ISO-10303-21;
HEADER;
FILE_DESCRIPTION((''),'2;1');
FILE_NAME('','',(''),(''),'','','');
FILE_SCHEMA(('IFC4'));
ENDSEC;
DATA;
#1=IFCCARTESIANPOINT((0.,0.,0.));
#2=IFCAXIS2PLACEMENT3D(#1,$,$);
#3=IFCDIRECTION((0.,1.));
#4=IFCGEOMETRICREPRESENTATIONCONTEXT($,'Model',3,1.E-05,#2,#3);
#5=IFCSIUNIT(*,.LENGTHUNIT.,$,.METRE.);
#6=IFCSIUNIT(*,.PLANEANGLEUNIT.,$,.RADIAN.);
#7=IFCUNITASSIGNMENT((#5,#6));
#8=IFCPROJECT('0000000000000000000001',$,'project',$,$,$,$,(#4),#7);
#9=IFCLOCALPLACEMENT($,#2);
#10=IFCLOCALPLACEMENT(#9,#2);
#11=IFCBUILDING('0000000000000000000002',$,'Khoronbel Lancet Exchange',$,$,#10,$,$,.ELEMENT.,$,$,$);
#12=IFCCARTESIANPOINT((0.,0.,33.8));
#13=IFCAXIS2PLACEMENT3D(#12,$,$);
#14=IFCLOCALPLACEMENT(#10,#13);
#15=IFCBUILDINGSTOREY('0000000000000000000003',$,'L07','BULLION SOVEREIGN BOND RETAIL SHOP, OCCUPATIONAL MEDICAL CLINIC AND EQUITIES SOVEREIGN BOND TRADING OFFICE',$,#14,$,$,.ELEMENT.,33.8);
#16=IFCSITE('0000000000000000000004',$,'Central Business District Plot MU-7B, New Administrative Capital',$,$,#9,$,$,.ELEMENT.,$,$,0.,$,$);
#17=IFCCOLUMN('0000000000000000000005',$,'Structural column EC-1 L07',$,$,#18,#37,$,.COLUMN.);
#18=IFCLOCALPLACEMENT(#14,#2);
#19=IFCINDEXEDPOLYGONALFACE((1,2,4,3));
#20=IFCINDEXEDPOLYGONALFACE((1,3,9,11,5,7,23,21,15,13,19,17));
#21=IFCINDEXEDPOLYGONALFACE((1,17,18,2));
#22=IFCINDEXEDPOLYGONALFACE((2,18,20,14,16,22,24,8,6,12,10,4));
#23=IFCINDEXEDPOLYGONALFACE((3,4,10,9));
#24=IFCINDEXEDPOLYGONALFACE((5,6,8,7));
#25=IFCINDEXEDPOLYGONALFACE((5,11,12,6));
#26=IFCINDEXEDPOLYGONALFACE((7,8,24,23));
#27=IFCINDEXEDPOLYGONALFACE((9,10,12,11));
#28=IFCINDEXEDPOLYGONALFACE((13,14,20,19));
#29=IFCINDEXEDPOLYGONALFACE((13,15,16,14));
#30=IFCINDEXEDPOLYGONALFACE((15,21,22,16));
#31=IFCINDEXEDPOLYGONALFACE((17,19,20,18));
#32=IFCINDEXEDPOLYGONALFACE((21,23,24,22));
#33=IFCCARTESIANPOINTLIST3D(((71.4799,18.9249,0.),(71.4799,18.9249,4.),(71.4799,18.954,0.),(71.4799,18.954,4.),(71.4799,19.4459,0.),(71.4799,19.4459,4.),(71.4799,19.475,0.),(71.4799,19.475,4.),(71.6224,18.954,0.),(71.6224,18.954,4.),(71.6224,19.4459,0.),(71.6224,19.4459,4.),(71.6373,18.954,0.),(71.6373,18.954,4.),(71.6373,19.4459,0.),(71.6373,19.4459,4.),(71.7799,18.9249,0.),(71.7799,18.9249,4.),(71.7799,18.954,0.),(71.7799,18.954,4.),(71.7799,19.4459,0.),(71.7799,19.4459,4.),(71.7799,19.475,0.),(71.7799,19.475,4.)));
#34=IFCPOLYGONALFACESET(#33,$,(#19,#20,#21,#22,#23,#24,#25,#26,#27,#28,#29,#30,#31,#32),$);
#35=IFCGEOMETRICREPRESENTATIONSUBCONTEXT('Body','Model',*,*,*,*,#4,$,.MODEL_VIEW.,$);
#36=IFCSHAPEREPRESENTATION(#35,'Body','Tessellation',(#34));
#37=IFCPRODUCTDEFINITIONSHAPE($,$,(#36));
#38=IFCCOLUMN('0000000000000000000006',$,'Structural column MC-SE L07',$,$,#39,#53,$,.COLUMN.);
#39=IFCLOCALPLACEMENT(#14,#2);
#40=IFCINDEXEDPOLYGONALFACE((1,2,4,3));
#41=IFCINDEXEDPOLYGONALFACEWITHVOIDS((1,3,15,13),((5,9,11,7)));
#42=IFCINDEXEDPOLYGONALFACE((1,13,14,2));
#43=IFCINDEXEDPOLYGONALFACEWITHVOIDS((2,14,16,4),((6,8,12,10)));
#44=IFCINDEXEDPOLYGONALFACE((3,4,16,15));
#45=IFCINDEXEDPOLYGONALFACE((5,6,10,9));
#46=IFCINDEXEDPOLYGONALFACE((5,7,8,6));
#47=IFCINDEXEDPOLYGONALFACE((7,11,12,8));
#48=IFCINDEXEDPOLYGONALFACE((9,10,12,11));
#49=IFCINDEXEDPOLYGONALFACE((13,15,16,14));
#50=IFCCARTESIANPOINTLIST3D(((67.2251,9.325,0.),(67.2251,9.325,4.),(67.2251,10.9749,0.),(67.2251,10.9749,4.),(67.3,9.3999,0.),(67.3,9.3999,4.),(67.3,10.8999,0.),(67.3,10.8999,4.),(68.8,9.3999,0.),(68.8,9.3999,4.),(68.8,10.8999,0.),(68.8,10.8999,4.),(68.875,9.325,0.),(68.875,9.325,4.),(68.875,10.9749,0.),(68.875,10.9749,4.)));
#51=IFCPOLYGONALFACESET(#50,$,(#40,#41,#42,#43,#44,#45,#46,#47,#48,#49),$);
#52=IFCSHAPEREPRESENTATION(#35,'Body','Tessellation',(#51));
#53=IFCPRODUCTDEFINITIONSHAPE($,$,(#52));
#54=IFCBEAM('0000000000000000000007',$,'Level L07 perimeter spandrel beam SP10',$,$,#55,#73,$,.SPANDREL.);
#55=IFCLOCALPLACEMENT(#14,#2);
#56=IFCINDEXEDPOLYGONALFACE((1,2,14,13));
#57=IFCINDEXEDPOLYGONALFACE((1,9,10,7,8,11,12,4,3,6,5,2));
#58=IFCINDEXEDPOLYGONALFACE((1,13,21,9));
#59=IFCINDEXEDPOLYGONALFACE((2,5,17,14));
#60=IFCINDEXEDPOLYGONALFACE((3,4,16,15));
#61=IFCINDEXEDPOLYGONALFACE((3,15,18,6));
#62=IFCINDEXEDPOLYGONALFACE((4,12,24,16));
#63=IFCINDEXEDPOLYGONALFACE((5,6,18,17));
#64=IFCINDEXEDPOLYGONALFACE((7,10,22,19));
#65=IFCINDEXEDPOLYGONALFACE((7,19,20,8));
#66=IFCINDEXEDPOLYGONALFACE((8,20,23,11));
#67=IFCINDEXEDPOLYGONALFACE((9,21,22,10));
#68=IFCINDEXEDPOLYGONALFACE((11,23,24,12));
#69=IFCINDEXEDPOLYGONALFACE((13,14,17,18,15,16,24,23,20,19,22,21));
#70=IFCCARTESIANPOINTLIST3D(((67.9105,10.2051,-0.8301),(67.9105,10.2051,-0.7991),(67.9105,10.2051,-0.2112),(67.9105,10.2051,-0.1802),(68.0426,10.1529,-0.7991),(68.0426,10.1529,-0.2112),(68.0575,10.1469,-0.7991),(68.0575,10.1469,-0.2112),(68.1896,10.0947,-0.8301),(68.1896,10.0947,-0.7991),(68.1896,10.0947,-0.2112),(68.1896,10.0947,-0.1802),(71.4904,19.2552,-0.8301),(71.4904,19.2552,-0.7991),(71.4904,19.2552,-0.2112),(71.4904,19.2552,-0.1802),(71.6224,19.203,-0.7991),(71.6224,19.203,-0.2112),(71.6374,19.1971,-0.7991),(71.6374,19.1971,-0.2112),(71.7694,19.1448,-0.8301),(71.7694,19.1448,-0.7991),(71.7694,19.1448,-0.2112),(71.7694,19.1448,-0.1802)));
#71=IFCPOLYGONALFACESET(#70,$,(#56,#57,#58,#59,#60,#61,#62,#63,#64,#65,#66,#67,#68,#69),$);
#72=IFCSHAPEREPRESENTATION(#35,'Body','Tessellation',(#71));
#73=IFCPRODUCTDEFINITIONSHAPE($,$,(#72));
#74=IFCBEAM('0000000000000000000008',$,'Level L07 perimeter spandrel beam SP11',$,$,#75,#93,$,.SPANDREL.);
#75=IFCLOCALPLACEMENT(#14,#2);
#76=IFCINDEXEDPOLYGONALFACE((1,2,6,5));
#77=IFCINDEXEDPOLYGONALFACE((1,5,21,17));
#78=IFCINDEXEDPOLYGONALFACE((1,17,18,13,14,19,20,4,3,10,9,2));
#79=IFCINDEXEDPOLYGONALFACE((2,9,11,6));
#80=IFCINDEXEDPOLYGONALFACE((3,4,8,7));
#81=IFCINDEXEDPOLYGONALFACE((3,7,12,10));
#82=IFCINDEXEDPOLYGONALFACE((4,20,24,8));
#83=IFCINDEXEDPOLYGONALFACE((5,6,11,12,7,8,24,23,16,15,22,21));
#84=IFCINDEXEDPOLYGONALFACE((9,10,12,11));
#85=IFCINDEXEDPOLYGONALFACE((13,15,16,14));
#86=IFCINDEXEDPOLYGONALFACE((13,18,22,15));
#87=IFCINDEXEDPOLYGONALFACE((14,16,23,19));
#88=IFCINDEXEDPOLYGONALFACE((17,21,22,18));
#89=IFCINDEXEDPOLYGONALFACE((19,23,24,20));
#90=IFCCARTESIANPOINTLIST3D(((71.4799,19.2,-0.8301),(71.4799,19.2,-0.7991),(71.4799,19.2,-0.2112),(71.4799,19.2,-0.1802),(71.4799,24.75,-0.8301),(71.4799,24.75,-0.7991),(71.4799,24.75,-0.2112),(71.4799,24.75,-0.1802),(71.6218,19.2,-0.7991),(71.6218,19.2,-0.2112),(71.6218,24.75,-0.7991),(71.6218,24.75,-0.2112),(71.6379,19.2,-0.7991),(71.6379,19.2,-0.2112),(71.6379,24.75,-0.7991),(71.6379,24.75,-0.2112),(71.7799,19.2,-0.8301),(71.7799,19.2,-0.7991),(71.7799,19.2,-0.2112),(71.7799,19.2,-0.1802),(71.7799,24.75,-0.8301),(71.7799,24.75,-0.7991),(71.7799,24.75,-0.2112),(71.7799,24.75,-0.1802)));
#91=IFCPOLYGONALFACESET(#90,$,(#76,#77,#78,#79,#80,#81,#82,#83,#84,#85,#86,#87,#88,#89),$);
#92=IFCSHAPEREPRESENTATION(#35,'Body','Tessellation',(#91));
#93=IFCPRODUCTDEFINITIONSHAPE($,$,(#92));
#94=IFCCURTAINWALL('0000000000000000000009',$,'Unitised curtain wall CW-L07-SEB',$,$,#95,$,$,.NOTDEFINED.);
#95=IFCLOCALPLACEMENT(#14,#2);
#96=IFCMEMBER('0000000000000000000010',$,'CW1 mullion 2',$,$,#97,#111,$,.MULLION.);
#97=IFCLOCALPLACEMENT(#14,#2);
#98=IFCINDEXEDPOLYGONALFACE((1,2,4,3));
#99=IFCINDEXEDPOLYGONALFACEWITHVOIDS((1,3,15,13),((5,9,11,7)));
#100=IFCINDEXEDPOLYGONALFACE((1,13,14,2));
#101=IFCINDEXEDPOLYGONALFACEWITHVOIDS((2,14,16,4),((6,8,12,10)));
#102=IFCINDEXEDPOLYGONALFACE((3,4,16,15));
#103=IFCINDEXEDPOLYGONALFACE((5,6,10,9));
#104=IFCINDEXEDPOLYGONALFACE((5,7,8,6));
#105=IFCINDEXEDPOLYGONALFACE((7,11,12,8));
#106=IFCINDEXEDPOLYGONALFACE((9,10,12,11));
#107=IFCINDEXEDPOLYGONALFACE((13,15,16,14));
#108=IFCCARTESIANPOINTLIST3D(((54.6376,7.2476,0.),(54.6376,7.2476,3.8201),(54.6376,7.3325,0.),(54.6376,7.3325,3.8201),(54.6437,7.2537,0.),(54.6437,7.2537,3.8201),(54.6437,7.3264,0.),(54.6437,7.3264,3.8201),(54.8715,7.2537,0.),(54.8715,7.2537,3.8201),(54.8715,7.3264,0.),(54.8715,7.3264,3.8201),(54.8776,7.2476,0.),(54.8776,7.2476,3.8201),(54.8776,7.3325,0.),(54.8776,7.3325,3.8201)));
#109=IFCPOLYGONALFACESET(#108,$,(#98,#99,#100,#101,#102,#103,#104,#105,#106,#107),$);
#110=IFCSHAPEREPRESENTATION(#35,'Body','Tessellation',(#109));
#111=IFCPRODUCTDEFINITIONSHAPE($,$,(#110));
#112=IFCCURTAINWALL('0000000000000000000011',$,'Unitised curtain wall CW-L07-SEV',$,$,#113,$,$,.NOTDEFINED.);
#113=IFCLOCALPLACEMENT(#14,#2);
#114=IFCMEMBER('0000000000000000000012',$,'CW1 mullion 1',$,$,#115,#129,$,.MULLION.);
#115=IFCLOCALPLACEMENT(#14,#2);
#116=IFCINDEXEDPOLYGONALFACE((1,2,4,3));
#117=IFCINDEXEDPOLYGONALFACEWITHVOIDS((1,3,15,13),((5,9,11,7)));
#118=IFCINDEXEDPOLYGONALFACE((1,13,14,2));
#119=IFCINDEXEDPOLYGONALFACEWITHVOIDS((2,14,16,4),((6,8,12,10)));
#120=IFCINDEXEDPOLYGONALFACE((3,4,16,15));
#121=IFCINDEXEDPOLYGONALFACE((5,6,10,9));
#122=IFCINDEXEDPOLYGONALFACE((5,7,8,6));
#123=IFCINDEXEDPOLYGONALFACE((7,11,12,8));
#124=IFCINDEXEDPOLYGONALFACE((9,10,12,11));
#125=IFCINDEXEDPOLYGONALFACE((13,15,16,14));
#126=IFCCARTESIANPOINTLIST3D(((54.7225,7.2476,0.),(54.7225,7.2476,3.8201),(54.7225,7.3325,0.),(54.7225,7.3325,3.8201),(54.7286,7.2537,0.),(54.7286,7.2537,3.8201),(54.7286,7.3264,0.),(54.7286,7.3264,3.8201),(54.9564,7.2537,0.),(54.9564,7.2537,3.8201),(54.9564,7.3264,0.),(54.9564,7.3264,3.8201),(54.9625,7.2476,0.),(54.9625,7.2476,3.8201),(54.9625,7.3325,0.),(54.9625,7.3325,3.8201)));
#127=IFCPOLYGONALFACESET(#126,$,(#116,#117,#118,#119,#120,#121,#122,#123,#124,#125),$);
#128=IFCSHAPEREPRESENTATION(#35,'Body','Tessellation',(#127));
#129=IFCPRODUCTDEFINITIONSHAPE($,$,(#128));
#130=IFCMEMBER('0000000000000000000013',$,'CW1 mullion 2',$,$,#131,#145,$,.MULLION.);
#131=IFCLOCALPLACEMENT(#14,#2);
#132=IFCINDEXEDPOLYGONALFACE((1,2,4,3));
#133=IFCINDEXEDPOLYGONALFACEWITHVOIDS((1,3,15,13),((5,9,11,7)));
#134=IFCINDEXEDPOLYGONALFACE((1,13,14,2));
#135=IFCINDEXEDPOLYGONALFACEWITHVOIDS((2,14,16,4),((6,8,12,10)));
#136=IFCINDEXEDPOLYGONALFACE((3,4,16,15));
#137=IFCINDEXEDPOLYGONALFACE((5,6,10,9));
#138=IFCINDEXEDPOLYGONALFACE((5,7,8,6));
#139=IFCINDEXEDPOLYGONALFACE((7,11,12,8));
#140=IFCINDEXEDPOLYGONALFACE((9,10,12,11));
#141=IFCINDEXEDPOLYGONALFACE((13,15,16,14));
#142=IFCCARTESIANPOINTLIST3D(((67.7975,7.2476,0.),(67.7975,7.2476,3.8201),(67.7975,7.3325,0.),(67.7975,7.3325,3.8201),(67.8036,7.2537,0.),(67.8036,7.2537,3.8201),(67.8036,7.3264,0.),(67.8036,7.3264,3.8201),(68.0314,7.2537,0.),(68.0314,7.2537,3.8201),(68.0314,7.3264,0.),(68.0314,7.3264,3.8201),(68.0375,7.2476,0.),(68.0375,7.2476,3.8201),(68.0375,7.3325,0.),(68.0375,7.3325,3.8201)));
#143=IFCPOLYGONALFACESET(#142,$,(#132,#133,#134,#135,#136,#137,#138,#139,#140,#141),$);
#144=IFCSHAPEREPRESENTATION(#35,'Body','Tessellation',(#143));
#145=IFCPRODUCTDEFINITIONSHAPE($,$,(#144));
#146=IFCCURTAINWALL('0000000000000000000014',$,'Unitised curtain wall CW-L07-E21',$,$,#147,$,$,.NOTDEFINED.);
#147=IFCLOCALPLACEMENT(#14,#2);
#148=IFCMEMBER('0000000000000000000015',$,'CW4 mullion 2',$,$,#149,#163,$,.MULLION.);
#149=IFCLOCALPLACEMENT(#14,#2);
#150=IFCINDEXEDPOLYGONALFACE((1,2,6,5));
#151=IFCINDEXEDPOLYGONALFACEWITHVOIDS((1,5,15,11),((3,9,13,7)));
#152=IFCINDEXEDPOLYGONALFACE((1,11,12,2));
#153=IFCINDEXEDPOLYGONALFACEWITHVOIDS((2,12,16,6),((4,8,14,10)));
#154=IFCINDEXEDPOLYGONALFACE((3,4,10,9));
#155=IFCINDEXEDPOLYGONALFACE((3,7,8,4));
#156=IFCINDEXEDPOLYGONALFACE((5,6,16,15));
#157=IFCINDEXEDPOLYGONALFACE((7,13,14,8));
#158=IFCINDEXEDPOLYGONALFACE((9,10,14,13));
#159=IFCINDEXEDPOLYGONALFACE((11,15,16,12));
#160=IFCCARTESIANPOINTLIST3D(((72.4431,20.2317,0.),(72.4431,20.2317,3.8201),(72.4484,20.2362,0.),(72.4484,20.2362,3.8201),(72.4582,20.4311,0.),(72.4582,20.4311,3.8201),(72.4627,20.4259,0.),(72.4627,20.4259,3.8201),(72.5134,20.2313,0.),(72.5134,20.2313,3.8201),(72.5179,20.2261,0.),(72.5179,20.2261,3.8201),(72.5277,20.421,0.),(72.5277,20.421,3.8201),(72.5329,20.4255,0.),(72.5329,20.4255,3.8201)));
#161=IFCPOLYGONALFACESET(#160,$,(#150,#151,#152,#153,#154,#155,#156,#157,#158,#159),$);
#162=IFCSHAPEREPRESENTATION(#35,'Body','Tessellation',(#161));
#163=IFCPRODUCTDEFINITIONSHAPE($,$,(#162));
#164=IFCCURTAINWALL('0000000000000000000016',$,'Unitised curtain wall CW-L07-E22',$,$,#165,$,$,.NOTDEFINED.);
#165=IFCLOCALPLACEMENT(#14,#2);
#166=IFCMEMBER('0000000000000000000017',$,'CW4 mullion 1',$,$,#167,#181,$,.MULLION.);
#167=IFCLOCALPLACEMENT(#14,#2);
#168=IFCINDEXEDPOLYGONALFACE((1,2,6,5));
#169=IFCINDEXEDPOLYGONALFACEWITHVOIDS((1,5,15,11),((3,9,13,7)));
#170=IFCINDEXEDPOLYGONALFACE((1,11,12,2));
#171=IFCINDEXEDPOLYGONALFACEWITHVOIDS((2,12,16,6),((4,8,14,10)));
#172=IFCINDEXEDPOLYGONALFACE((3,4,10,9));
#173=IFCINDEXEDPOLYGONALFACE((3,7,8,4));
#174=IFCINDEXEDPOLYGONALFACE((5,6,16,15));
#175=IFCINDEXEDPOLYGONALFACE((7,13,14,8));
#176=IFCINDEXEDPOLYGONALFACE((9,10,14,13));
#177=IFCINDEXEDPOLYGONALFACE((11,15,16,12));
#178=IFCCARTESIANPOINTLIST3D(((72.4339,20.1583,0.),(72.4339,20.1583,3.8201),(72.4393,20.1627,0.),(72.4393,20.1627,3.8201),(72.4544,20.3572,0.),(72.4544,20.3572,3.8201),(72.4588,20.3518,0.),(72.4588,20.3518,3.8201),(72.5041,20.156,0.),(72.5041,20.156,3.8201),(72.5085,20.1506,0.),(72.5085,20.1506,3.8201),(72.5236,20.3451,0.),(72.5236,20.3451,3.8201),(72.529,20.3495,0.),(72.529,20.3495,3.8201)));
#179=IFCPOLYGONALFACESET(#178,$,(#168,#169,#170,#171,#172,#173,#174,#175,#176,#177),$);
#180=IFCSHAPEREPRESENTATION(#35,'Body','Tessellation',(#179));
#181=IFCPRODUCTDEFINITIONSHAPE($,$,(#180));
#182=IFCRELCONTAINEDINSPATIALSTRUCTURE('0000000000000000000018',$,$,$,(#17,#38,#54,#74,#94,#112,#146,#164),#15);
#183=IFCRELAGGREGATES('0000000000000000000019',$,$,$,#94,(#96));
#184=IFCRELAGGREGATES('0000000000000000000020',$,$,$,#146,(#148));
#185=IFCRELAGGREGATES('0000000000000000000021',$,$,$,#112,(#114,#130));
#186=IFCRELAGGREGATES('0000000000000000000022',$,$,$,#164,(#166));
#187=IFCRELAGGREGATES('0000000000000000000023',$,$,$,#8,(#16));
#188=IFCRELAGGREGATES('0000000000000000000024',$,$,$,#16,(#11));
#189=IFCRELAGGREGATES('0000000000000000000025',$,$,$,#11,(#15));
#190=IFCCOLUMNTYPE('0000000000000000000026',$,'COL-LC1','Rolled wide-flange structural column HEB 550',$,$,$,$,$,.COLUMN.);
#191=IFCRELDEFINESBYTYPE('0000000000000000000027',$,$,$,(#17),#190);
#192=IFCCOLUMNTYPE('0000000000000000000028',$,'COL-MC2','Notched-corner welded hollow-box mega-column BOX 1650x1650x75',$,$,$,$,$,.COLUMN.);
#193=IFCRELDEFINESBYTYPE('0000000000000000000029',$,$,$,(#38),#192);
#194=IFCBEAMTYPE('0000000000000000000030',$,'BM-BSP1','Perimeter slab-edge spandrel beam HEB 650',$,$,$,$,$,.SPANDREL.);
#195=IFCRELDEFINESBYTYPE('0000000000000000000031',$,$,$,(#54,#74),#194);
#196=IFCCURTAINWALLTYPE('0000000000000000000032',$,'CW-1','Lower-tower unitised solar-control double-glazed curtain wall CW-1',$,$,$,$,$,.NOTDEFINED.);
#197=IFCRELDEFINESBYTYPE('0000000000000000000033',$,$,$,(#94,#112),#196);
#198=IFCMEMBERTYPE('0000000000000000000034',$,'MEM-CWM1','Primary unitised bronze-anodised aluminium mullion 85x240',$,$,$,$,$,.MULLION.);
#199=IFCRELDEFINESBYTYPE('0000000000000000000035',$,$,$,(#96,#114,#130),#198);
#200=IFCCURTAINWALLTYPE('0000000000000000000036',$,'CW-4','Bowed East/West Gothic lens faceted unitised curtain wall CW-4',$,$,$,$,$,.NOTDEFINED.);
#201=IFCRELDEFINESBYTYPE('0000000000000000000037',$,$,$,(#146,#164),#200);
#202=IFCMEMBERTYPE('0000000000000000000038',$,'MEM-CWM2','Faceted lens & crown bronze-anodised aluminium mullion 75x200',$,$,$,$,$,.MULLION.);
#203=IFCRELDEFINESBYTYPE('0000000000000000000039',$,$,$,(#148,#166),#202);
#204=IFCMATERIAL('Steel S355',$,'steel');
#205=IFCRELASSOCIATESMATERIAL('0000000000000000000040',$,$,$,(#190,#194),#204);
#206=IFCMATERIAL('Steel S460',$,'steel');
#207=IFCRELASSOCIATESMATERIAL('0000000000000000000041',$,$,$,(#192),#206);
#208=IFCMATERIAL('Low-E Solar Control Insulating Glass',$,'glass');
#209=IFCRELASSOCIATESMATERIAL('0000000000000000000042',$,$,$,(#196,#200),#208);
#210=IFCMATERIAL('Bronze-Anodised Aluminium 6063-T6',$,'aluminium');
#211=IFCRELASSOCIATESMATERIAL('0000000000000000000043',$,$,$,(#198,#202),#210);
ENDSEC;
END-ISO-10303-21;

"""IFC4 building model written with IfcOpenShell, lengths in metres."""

from ifc_helpers import new_model, si_unit, direction, frame, origin, origin_2d, place, context, subcontext, project, spatial, hollow_rectangle, i_section, extrude, material, material_profile, profile_set, type_object, element, aggregate, save


model = new_model("IFC4")

# Units and contexts
model_context = context("Model", 3, precision=1e-05, world=origin(), true_north=direction((0.0, 1.0)))
body_context = subcontext(model_context, "Body", "Model", "MODEL_VIEW")
ifc_project = project(units=[si_unit("LENGTHUNIT", "METRE"), si_unit("PLANEANGLEUNIT", "RADIAN")], contexts=[model_context])

# Site, building, storey
site_placement = place(None, origin())
site = spatial("IfcSite", under=ifc_project, at=site_placement, Name="Central Business District Plot MU-7B, New Administrative Capital", CompositionType="ELEMENT", RefElevation=0.0)
building_placement = place(site_placement, origin())
building = spatial("IfcBuilding", under=site, at=building_placement, Name="Khoronbel Lancet Exchange", CompositionType="ELEMENT")
storey_placement = place(building_placement, frame((0.0, 0.0, 33.8)))
storey = spatial("IfcBuildingStorey", under=building, at=storey_placement, Name="L07", Description="BULLION SOVEREIGN BOND RETAIL SHOP, OCCUPATIONAL MEDICAL CLINIC AND EQUITIES SOVEREIGN BOND TRADING OFFICE", CompositionType="ELEMENT", Elevation=33.8)

# Columns
ifc_material_1 = material(Name="Steel S355", Category="steel")
ifc_material_profile_1 = material_profile(ifc_material_1, i_section(OverallWidth=0.3, OverallDepth=0.55, WebThickness=0.0149, FlangeThickness=0.0291, at=origin_2d()), Name="HEB 550")
ifc_profile_set_1 = profile_set([ifc_material_profile_1], Name="Steel S355")
column_type_1 = type_object("IfcColumnType", Name="COL-LC1", Description="Rolled wide-flange structural column HEB 550", PredefinedType="COLUMN", material=ifc_profile_set_1)
column_1_placement = place(storey_placement, frame((71.6299, 19.2, 0.0), z_axis=(0.0, 0.0, 1.0), x_axis=(1.0, 0.0, 0.0)))
element("IfcColumn", 1, at=column_1_placement, inside=storey, type_object=column_type_1, Name="Structural column EC-1 L07", PredefinedType="COLUMN", context=body_context, shape_type="SweptSolid", body=[
    extrude(i_section(OverallWidth=0.3, OverallDepth=0.55, WebThickness=0.0149, FlangeThickness=0.0291, at=origin_2d()), origin(), (0.0, 0.0, 1.0), 4.0),
])
ifc_material_2 = material(Name="Steel S460", Category="steel")
ifc_material_profile_2 = material_profile(ifc_material_2, hollow_rectangle(XDim=1.6499, YDim=1.6499, WallThickness=0.075, at=origin_2d()), Name="BOX 1650x1650x75")
ifc_profile_set_2 = profile_set([ifc_material_profile_2], Name="Steel S460")
column_type_2 = type_object("IfcColumnType", Name="COL-MC2", Description="Notched-corner welded hollow-box mega-column BOX 1650x1650x75", PredefinedType="COLUMN", material=ifc_profile_set_2)
column_2_placement = place(storey_placement, frame((68.05, 10.1499, 0.0), z_axis=(0.0, 0.0, 1.0), x_axis=(1.0, 0.0, 0.0)))
element("IfcColumn", 2, at=column_2_placement, inside=storey, type_object=column_type_2, Name="Structural column MC-SE L07", PredefinedType="COLUMN", context=body_context, shape_type="SweptSolid", body=[
    extrude(hollow_rectangle(XDim=1.6499, YDim=1.6499, WallThickness=0.075, at=origin_2d()), origin(), (0.0, 0.0, 1.0), 4.0),
])

# Beams
ifc_material_profile_3 = material_profile(ifc_material_1, i_section(OverallWidth=0.3, OverallDepth=0.6499, WebThickness=0.0161, FlangeThickness=0.031, at=origin_2d()), Name="HEB 650")
ifc_profile_set_3 = profile_set([ifc_material_profile_3], Name="Steel S355")
beam_type = type_object("IfcBeamType", Name="BM-BSP1", Description="Perimeter slab-edge spandrel beam HEB 650", PredefinedType="SPANDREL", material=ifc_profile_set_3)
beam_1_placement = place(storey_placement, frame((68.05, 10.1499, -0.5051), z_axis=(0.367828, 0.929894, 0.0), x_axis=(-0.929894, 0.367828, 0.0)))
element("IfcBeam", 3, at=beam_1_placement, inside=storey, type_object=beam_type, Name="Level L07 perimeter spandrel beam SP10", PredefinedType="SPANDREL", context=body_context, shape_type="SweptSolid", body=[
    extrude(i_section(OverallWidth=0.3, OverallDepth=0.6499, WebThickness=0.0161, FlangeThickness=0.031, at=origin_2d()), origin(), (0.0, 0.0, 1.0), 9.7324),
])
beam_2_placement = place(storey_placement, frame((71.6299, 19.2, -0.5051), z_axis=(0.0, 1.0, 0.0), x_axis=(-1.0, 0.0, 0.0)))
element("IfcBeam", 4, at=beam_2_placement, inside=storey, type_object=beam_type, Name="Level L07 perimeter spandrel beam SP11", PredefinedType="SPANDREL", context=body_context, shape_type="SweptSolid", body=[
    extrude(i_section(OverallWidth=0.3, OverallDepth=0.6499, WebThickness=0.0161, FlangeThickness=0.031, at=origin_2d()), origin(), (0.0, 0.0, 1.0), 5.55),
])

# Curtain wall, member
ifc_material_3 = material(Name="Low-E Solar Control Insulating Glass", Category="glass")
curtain_wall_type_1 = type_object("IfcCurtainWallType", Name="CW-1", Description="Lower-tower unitised solar-control double-glazed curtain wall CW-1", PredefinedType="NOTDEFINED", material=ifc_material_3)
curtain_wall_1_placement = place(storey_placement, origin())
curtain_wall_1 = element("IfcCurtainWall", 5, at=curtain_wall_1_placement, inside=storey, type_object=curtain_wall_type_1, Name="Unitised curtain wall CW-L07-SEB", PredefinedType="NOTDEFINED")
ifc_material_4 = material(Name="Bronze-Anodised Aluminium 6063-T6", Category="aluminium")
ifc_material_profile_4 = material_profile(ifc_material_4, hollow_rectangle(XDim=0.085, YDim=0.24, WallThickness=0.0061, at=origin_2d()), Name="ALU MULLION 85x240")
ifc_profile_set_4 = profile_set([ifc_material_profile_4], Name="Bronze-Anodised Aluminium 6063-T6")
member_type_1 = type_object("IfcMemberType", Name="MEM-CWM1", Description="Primary unitised bronze-anodised aluminium mullion 85x240", PredefinedType="MULLION", material=ifc_profile_set_4)
member_1_placement = place(storey_placement, frame((54.7576, 7.29, 0.0), z_axis=(0.0, 0.0, 1.0), x_axis=(0.0, 1.0, 0.0)))
member_1 = element("IfcMember", 6, at=member_1_placement, type_object=member_type_1, Name="CW1 mullion 2", PredefinedType="MULLION", context=body_context, shape_type="SweptSolid", body=[
    extrude(hollow_rectangle(XDim=0.085, YDim=0.24, WallThickness=0.0061, at=origin_2d()), origin(), (0.0, 0.0, 1.0), 3.8201),
])
aggregate(curtain_wall_1, [member_1])

# Curtain wall, members
curtain_wall_2_placement = place(storey_placement, origin())
curtain_wall_2 = element("IfcCurtainWall", 7, at=curtain_wall_2_placement, inside=storey, type_object=curtain_wall_type_1, Name="Unitised curtain wall CW-L07-SEV", PredefinedType="NOTDEFINED")
member_2_placement = place(storey_placement, frame((54.8425, 7.29, 0.0), z_axis=(0.0, 0.0, 1.0), x_axis=(0.0, 1.0, 0.0)))
member_2 = element("IfcMember", 8, at=member_2_placement, type_object=member_type_1, Name="CW1 mullion 1", PredefinedType="MULLION", context=body_context, shape_type="SweptSolid", body=[
    extrude(hollow_rectangle(XDim=0.085, YDim=0.24, WallThickness=0.0061, at=origin_2d()), origin(), (0.0, 0.0, 1.0), 3.8201),
])
member_3_placement = place(storey_placement, frame((67.9175, 7.29, 0.0), z_axis=(0.0, 0.0, 1.0), x_axis=(0.0, 1.0, 0.0)))
member_3 = element("IfcMember", 9, at=member_3_placement, type_object=member_type_1, Name="CW1 mullion 2", PredefinedType="MULLION", context=body_context, shape_type="SweptSolid", body=[
    extrude(hollow_rectangle(XDim=0.085, YDim=0.24, WallThickness=0.0061, at=origin_2d()), origin(), (0.0, 0.0, 1.0), 3.8201),
])

# Curtain wall, member
curtain_wall_type_2 = type_object("IfcCurtainWallType", Name="CW-4", Description="Bowed East/West Gothic lens faceted unitised curtain wall CW-4", PredefinedType="NOTDEFINED", material=ifc_material_3)
curtain_wall_3_placement = place(storey_placement, origin())
curtain_wall_3 = element("IfcCurtainWall", 10, at=curtain_wall_3_placement, inside=storey, type_object=curtain_wall_type_2, Name="Unitised curtain wall CW-L07-E21", PredefinedType="NOTDEFINED")
ifc_material_profile_5 = material_profile(ifc_material_4, hollow_rectangle(XDim=0.075, YDim=0.2, WallThickness=0.0049, at=origin_2d()), Name="ALU MULLION 75x200")
ifc_profile_set_5 = profile_set([ifc_material_profile_5], Name="Bronze-Anodised Aluminium 6063-T6")
member_type_2 = type_object("IfcMemberType", Name="MEM-CWM2", Description="Faceted lens & crown bronze-anodised aluminium mullion 75x200", PredefinedType="MULLION", material=ifc_profile_set_5)
member_4_placement = place(storey_placement, frame((72.488, 20.3286, 0.0), z_axis=(0.0, 0.0, 1.0), x_axis=(0.997154, -0.075395, 0.0)))
member_4 = element("IfcMember", 11, at=member_4_placement, type_object=member_type_2, Name="CW4 mullion 2", PredefinedType="MULLION", context=body_context, shape_type="SweptSolid", body=[
    extrude(hollow_rectangle(XDim=0.075, YDim=0.2, WallThickness=0.0049, at=origin_2d()), origin(), (0.0, 0.0, 1.0), 3.8201),
])
aggregate(curtain_wall_3, [member_4])

# Curtain wall, member
curtain_wall_4_placement = place(storey_placement, origin())
curtain_wall_4 = element("IfcCurtainWall", 12, at=curtain_wall_4_placement, inside=storey, type_object=curtain_wall_type_2, Name="Unitised curtain wall CW-L07-E22", PredefinedType="NOTDEFINED")
member_5_placement = place(storey_placement, frame((72.4814, 20.2539, 0.0), z_axis=(0.0, 0.0, 1.0), x_axis=(0.99471, -0.102723, 0.0)))
member_5 = element("IfcMember", 13, at=member_5_placement, type_object=member_type_2, Name="CW4 mullion 1", PredefinedType="MULLION", context=body_context, shape_type="SweptSolid", body=[
    extrude(hollow_rectangle(XDim=0.075, YDim=0.2, WallThickness=0.0049, at=origin_2d()), origin(), (0.0, 0.0, 1.0), 3.8201),
])

aggregate(curtain_wall_2, [member_2, member_3])
aggregate(curtain_wall_4, [member_5])

save(model, "model.ifc")
